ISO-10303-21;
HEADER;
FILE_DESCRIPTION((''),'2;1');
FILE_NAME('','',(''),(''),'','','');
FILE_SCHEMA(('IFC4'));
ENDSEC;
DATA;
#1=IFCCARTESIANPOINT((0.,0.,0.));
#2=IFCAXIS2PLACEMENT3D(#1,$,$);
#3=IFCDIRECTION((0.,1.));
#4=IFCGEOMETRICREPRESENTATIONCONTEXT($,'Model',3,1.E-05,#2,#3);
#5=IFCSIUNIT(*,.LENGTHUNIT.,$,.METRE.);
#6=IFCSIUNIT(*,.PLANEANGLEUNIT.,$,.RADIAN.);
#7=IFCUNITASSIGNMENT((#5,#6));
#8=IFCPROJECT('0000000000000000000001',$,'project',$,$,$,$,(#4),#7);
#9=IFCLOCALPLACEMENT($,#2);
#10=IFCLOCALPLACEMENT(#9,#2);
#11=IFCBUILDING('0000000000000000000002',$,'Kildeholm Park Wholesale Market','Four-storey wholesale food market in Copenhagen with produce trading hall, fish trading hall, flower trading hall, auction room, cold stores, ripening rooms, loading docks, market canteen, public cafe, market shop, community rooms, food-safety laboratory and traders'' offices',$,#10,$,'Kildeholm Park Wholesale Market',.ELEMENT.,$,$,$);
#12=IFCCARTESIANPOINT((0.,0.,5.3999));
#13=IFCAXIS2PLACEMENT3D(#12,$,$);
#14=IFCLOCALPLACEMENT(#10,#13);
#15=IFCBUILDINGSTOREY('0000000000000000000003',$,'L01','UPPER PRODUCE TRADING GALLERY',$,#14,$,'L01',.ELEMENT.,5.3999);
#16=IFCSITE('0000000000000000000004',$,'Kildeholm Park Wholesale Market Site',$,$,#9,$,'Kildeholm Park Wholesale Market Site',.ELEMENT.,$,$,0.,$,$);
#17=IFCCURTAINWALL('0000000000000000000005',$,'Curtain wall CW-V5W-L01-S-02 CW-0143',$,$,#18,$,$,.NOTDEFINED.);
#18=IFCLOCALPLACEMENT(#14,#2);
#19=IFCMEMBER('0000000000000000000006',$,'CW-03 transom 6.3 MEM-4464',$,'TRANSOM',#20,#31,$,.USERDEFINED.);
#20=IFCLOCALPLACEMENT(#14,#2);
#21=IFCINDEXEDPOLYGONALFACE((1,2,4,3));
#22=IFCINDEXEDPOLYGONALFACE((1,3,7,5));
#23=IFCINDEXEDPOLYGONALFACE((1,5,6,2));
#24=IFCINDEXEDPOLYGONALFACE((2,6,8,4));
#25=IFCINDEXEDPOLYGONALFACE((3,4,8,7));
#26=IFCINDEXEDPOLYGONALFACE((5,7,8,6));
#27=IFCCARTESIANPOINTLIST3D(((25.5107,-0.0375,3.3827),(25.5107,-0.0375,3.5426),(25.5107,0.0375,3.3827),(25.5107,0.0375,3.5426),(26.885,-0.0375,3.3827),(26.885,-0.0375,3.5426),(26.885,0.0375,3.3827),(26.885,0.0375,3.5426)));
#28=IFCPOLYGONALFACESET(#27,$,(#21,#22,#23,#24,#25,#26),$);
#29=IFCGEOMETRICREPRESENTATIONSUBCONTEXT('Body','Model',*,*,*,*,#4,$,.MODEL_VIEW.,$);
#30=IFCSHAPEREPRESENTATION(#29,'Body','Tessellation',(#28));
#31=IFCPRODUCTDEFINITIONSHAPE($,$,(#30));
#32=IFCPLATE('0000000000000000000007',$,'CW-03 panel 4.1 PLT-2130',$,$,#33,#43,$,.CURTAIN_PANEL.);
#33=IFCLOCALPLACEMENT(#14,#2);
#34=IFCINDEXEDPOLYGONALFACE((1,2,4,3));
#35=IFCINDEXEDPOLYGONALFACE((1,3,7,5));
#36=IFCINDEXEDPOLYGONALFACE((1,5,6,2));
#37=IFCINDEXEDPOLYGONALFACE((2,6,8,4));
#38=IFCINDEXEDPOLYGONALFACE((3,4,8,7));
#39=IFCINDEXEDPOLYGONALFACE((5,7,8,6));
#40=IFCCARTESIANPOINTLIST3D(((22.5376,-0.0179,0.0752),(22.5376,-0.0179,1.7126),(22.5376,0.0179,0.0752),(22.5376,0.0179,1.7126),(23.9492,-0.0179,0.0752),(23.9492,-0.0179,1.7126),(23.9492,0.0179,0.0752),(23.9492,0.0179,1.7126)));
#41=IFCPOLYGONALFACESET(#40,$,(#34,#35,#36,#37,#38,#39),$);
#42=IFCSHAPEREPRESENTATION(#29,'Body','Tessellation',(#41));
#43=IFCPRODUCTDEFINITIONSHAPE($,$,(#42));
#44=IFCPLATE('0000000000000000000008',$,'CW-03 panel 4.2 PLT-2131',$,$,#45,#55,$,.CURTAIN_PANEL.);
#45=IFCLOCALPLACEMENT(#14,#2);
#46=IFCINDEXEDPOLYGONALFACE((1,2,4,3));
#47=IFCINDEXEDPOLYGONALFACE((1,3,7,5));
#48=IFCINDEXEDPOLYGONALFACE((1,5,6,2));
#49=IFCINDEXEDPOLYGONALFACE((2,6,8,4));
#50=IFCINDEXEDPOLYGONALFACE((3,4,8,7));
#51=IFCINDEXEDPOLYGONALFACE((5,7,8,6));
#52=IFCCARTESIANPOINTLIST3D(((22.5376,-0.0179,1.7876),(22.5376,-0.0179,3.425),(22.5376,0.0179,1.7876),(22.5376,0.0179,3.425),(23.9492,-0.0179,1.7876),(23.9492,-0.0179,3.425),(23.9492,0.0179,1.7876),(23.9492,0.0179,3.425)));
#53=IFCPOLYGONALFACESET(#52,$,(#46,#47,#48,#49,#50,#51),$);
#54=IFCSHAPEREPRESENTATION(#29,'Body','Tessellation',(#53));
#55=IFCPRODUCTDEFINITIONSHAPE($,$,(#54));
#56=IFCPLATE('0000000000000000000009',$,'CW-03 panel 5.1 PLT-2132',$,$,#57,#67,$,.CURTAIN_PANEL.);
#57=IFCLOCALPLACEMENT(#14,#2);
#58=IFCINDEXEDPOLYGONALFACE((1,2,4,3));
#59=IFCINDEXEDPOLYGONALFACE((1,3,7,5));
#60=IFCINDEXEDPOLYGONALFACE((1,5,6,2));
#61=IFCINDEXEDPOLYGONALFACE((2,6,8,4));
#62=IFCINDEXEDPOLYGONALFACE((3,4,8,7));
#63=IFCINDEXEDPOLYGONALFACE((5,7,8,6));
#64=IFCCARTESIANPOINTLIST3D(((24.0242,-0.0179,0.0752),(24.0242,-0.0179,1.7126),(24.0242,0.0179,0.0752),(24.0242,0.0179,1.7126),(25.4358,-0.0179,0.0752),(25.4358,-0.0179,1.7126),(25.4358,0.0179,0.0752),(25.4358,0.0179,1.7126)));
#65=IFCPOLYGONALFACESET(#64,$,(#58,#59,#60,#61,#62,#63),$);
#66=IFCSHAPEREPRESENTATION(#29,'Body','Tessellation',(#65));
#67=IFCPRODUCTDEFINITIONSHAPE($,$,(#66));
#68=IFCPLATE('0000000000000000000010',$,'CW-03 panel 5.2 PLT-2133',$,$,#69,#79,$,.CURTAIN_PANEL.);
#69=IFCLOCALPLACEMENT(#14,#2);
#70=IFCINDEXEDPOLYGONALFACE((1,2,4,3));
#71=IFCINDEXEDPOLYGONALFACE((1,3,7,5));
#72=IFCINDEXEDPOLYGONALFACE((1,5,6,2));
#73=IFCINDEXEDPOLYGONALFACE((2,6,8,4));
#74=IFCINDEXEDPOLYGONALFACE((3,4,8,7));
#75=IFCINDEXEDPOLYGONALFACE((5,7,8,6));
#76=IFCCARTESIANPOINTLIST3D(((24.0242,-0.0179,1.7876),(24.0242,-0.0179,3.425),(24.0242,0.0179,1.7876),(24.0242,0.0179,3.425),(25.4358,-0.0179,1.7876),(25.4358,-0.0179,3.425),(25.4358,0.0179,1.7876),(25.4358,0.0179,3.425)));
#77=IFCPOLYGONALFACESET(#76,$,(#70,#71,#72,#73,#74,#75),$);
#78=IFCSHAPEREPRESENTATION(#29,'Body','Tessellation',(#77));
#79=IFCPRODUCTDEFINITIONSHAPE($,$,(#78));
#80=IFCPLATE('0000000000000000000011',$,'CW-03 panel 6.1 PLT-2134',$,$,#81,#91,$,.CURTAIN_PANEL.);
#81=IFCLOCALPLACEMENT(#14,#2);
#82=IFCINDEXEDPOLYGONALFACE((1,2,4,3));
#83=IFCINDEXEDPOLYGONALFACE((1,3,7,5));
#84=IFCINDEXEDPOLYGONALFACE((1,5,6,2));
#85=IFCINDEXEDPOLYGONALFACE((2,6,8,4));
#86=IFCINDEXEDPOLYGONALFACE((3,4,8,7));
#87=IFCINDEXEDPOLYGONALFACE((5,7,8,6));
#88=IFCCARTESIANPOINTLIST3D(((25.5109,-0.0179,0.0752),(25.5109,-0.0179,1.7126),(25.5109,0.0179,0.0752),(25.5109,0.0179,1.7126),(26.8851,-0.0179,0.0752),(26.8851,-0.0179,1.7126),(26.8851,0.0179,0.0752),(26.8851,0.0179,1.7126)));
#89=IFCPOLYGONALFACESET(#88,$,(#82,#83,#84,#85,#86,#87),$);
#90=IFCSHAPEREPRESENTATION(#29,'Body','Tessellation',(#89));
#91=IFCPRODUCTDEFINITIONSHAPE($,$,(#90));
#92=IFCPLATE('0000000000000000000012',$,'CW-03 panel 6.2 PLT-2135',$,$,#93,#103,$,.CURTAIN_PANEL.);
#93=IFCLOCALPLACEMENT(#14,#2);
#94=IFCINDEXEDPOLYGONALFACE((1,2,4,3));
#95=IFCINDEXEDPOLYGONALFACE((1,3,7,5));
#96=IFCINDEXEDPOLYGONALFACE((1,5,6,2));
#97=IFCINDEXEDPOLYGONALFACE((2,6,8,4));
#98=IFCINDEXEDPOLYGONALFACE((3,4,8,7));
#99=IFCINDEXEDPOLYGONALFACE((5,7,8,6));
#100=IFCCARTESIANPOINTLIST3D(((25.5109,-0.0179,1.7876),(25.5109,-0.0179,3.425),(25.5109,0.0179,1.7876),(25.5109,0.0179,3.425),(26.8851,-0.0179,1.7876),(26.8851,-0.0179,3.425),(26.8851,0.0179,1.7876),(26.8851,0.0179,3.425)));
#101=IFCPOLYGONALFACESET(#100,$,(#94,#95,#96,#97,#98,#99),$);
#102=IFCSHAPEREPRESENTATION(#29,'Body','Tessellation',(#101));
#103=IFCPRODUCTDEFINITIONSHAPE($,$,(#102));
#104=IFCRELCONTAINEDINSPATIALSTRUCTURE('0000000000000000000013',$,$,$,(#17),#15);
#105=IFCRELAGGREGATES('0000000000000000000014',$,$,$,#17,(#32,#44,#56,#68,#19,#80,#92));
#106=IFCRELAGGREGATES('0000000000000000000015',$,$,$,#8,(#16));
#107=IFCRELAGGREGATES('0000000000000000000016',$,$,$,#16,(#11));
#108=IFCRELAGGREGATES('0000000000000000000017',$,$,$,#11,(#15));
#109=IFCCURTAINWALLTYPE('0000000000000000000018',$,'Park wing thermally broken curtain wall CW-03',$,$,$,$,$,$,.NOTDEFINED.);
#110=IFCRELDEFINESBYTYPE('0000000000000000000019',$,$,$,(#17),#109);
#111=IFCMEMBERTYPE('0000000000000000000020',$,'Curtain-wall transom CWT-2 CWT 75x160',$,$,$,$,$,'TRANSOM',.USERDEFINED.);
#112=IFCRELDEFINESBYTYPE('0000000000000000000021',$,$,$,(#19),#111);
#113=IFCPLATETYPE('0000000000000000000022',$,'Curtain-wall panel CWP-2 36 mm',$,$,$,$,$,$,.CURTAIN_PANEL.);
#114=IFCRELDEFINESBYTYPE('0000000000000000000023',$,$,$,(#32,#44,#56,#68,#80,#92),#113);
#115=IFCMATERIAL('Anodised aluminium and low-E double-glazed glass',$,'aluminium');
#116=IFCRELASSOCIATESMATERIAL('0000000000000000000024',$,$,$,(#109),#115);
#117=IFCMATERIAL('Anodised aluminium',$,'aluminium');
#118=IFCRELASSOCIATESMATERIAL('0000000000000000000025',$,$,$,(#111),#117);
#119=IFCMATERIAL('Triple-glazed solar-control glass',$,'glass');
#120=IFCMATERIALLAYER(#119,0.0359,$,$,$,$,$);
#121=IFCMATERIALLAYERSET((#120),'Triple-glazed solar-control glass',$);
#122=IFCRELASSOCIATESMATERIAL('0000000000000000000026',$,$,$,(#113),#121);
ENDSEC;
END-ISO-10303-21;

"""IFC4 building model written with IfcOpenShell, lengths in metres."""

from ifc_helpers import new_model, si_unit, direction, frame, origin, origin_2d, place, context, subcontext, project, spatial, rectangle, extrude, material, layer, layer_set, material_profile, profile_set, type_object, element, aggregate, save


model = new_model("IFC4")

# Units and contexts
model_context = context("Model", 3, precision=1e-05, world=origin(), true_north=direction((0.0, 1.0)))
body_context = subcontext(model_context, "Body", "Model", "MODEL_VIEW")
ifc_project = project(units=[si_unit("LENGTHUNIT", "METRE"), si_unit("PLANEANGLEUNIT", "RADIAN")], contexts=[model_context])

# Site, building, storey
site_placement = place(None, origin())
site = spatial("IfcSite", under=ifc_project, at=site_placement, Name="Kildeholm Park Wholesale Market Site", LongName="Kildeholm Park Wholesale Market Site", CompositionType="ELEMENT", RefElevation=0.0)
building_placement = place(site_placement, origin())
building = spatial("IfcBuilding", under=site, at=building_placement, Name="Kildeholm Park Wholesale Market", Description="Four-storey wholesale food market in Copenhagen with produce trading hall, fish trading hall, flower trading hall, auction room, cold stores, ripening rooms, loading docks, market canteen, public cafe, market shop, community rooms, food-safety laboratory and traders' offices", LongName="Kildeholm Park Wholesale Market", CompositionType="ELEMENT")
storey_placement = place(building_placement, frame((0.0, 0.0, 5.3999)))
storey = spatial("IfcBuildingStorey", under=building, at=storey_placement, Name="L01", Description="UPPER PRODUCE TRADING GALLERY", LongName="L01", CompositionType="ELEMENT", Elevation=5.3999)

# Curtain wall, member, plates
ifc_material_1 = material(Name="Anodised aluminium and low-E double-glazed glass", Category="aluminium")
curtain_wall_type = type_object("IfcCurtainWallType", Name="Park wing thermally broken curtain wall CW-03", PredefinedType="NOTDEFINED", material=ifc_material_1)
curtain_wall_placement = place(storey_placement, origin())
curtain_wall = element("IfcCurtainWall", 1, at=curtain_wall_placement, inside=storey, type_object=curtain_wall_type, Name="Curtain wall CW-V5W-L01-S-02 CW-0143", PredefinedType="NOTDEFINED")
ifc_material_2 = material(Name="Anodised aluminium", Category="aluminium")
ifc_material_profile_1 = material_profile(ifc_material_2, rectangle(XDim=0.075, YDim=0.1599, at=origin_2d()), Name="CWT 75x160")
ifc_profile_set_1 = profile_set([ifc_material_profile_1], Name="Anodised aluminium")
member_type_1 = type_object("IfcMemberType", Name="Curtain-wall transom CWT-2 CWT 75x160", ElementType="TRANSOM", PredefinedType="USERDEFINED", material=ifc_profile_set_1)
member_1_placement = place(storey_placement, frame((25.5107, 0.0, 3.4626), z_axis=(1.0, 0.0, 0.0), x_axis=(0.0, 1.0, 0.0)))
member_1 = element("IfcMember", 2, at=member_1_placement, type_object=member_type_1, Name="CW-03 transom 6.3 MEM-4464", ObjectType="TRANSOM", PredefinedType="USERDEFINED", context=body_context, shape_type="SweptSolid", body=[
    extrude(rectangle(XDim=0.075, YDim=0.1599, at=origin_2d()), origin(), (0.0, 0.0, 1.0), 1.3743),
])
ifc_material_3 = material(Name="Triple-glazed solar-control glass", Category="glass")
ifc_layer = layer(ifc_material_3, 0.0359)
ifc_layer_set = layer_set([ifc_layer], Name="Triple-glazed solar-control glass")
plate_type = type_object("IfcPlateType", Name="Curtain-wall panel CWP-2 36 mm", PredefinedType="CURTAIN_PANEL", material=ifc_layer_set)
plate_1_placement = place(storey_placement, frame((23.2434, 0.0, 0.0752), z_axis=(0.0, 0.0, 1.0), x_axis=(1.0, 0.0, 0.0)))
plate_1 = element("IfcPlate", 3, at=plate_1_placement, type_object=plate_type, Name="CW-03 panel 4.1 PLT-2130", PredefinedType="CURTAIN_PANEL", context=body_context, shape_type="SweptSolid", body=[
    extrude(rectangle(XDim=1.4116, YDim=0.0359, at=origin_2d()), origin(), (0.0, 0.0, 1.0), 1.6375),
])
plate_2_placement = place(storey_placement, frame((23.2434, 0.0, 1.7876), z_axis=(0.0, 0.0, 1.0), x_axis=(1.0, 0.0, 0.0)))
plate_2 = element("IfcPlate", 4, at=plate_2_placement, type_object=plate_type, Name="CW-03 panel 4.2 PLT-2131", PredefinedType="CURTAIN_PANEL", context=body_context, shape_type="SweptSolid", body=[
    extrude(rectangle(XDim=1.4116, YDim=0.0359, at=origin_2d()), origin(), (0.0, 0.0, 1.0), 1.6375),
])
plate_3_placement = place(storey_placement, frame((24.73, 0.0, 0.0752), z_axis=(0.0, 0.0, 1.0), x_axis=(1.0, 0.0, 0.0)))
plate_3 = element("IfcPlate", 5, at=plate_3_placement, type_object=plate_type, Name="CW-03 panel 5.1 PLT-2132", PredefinedType="CURTAIN_PANEL", context=body_context, shape_type="SweptSolid", body=[
    extrude(rectangle(XDim=1.4116, YDim=0.0359, at=origin_2d()), origin(), (0.0, 0.0, 1.0), 1.6375),
])
plate_4_placement = place(storey_placement, frame((24.73, 0.0, 1.7876), z_axis=(0.0, 0.0, 1.0), x_axis=(1.0, 0.0, 0.0)))
plate_4 = element("IfcPlate", 6, at=plate_4_placement, type_object=plate_type, Name="CW-03 panel 5.2 PLT-2133", PredefinedType="CURTAIN_PANEL", context=body_context, shape_type="SweptSolid", body=[
    extrude(rectangle(XDim=1.4116, YDim=0.0359, at=origin_2d()), origin(), (0.0, 0.0, 1.0), 1.6375),
])
plate_5_placement = place(storey_placement, frame((26.198, 0.0, 0.0752), z_axis=(0.0, 0.0, 1.0), x_axis=(1.0, 0.0, 0.0)))
plate_5 = element("IfcPlate", 7, at=plate_5_placement, type_object=plate_type, Name="CW-03 panel 6.1 PLT-2134", PredefinedType="CURTAIN_PANEL", context=body_context, shape_type="SweptSolid", body=[
    extrude(rectangle(XDim=1.3743, YDim=0.0359, at=origin_2d()), origin(), (0.0, 0.0, 1.0), 1.6375),
])
plate_6_placement = place(storey_placement, frame((26.198, 0.0, 1.7876), z_axis=(0.0, 0.0, 1.0), x_axis=(1.0, 0.0, 0.0)))
plate_6 = element("IfcPlate", 8, at=plate_6_placement, type_object=plate_type, Name="CW-03 panel 6.2 PLT-2135", PredefinedType="CURTAIN_PANEL", context=body_context, shape_type="SweptSolid", body=[
    extrude(rectangle(XDim=1.3743, YDim=0.0359, at=origin_2d()), origin(), (0.0, 0.0, 1.0), 1.6375),
])
aggregate(curtain_wall, [plate_1, plate_2, plate_3, plate_4, member_1, plate_5, plate_6])

save(model, "model.ifc")
